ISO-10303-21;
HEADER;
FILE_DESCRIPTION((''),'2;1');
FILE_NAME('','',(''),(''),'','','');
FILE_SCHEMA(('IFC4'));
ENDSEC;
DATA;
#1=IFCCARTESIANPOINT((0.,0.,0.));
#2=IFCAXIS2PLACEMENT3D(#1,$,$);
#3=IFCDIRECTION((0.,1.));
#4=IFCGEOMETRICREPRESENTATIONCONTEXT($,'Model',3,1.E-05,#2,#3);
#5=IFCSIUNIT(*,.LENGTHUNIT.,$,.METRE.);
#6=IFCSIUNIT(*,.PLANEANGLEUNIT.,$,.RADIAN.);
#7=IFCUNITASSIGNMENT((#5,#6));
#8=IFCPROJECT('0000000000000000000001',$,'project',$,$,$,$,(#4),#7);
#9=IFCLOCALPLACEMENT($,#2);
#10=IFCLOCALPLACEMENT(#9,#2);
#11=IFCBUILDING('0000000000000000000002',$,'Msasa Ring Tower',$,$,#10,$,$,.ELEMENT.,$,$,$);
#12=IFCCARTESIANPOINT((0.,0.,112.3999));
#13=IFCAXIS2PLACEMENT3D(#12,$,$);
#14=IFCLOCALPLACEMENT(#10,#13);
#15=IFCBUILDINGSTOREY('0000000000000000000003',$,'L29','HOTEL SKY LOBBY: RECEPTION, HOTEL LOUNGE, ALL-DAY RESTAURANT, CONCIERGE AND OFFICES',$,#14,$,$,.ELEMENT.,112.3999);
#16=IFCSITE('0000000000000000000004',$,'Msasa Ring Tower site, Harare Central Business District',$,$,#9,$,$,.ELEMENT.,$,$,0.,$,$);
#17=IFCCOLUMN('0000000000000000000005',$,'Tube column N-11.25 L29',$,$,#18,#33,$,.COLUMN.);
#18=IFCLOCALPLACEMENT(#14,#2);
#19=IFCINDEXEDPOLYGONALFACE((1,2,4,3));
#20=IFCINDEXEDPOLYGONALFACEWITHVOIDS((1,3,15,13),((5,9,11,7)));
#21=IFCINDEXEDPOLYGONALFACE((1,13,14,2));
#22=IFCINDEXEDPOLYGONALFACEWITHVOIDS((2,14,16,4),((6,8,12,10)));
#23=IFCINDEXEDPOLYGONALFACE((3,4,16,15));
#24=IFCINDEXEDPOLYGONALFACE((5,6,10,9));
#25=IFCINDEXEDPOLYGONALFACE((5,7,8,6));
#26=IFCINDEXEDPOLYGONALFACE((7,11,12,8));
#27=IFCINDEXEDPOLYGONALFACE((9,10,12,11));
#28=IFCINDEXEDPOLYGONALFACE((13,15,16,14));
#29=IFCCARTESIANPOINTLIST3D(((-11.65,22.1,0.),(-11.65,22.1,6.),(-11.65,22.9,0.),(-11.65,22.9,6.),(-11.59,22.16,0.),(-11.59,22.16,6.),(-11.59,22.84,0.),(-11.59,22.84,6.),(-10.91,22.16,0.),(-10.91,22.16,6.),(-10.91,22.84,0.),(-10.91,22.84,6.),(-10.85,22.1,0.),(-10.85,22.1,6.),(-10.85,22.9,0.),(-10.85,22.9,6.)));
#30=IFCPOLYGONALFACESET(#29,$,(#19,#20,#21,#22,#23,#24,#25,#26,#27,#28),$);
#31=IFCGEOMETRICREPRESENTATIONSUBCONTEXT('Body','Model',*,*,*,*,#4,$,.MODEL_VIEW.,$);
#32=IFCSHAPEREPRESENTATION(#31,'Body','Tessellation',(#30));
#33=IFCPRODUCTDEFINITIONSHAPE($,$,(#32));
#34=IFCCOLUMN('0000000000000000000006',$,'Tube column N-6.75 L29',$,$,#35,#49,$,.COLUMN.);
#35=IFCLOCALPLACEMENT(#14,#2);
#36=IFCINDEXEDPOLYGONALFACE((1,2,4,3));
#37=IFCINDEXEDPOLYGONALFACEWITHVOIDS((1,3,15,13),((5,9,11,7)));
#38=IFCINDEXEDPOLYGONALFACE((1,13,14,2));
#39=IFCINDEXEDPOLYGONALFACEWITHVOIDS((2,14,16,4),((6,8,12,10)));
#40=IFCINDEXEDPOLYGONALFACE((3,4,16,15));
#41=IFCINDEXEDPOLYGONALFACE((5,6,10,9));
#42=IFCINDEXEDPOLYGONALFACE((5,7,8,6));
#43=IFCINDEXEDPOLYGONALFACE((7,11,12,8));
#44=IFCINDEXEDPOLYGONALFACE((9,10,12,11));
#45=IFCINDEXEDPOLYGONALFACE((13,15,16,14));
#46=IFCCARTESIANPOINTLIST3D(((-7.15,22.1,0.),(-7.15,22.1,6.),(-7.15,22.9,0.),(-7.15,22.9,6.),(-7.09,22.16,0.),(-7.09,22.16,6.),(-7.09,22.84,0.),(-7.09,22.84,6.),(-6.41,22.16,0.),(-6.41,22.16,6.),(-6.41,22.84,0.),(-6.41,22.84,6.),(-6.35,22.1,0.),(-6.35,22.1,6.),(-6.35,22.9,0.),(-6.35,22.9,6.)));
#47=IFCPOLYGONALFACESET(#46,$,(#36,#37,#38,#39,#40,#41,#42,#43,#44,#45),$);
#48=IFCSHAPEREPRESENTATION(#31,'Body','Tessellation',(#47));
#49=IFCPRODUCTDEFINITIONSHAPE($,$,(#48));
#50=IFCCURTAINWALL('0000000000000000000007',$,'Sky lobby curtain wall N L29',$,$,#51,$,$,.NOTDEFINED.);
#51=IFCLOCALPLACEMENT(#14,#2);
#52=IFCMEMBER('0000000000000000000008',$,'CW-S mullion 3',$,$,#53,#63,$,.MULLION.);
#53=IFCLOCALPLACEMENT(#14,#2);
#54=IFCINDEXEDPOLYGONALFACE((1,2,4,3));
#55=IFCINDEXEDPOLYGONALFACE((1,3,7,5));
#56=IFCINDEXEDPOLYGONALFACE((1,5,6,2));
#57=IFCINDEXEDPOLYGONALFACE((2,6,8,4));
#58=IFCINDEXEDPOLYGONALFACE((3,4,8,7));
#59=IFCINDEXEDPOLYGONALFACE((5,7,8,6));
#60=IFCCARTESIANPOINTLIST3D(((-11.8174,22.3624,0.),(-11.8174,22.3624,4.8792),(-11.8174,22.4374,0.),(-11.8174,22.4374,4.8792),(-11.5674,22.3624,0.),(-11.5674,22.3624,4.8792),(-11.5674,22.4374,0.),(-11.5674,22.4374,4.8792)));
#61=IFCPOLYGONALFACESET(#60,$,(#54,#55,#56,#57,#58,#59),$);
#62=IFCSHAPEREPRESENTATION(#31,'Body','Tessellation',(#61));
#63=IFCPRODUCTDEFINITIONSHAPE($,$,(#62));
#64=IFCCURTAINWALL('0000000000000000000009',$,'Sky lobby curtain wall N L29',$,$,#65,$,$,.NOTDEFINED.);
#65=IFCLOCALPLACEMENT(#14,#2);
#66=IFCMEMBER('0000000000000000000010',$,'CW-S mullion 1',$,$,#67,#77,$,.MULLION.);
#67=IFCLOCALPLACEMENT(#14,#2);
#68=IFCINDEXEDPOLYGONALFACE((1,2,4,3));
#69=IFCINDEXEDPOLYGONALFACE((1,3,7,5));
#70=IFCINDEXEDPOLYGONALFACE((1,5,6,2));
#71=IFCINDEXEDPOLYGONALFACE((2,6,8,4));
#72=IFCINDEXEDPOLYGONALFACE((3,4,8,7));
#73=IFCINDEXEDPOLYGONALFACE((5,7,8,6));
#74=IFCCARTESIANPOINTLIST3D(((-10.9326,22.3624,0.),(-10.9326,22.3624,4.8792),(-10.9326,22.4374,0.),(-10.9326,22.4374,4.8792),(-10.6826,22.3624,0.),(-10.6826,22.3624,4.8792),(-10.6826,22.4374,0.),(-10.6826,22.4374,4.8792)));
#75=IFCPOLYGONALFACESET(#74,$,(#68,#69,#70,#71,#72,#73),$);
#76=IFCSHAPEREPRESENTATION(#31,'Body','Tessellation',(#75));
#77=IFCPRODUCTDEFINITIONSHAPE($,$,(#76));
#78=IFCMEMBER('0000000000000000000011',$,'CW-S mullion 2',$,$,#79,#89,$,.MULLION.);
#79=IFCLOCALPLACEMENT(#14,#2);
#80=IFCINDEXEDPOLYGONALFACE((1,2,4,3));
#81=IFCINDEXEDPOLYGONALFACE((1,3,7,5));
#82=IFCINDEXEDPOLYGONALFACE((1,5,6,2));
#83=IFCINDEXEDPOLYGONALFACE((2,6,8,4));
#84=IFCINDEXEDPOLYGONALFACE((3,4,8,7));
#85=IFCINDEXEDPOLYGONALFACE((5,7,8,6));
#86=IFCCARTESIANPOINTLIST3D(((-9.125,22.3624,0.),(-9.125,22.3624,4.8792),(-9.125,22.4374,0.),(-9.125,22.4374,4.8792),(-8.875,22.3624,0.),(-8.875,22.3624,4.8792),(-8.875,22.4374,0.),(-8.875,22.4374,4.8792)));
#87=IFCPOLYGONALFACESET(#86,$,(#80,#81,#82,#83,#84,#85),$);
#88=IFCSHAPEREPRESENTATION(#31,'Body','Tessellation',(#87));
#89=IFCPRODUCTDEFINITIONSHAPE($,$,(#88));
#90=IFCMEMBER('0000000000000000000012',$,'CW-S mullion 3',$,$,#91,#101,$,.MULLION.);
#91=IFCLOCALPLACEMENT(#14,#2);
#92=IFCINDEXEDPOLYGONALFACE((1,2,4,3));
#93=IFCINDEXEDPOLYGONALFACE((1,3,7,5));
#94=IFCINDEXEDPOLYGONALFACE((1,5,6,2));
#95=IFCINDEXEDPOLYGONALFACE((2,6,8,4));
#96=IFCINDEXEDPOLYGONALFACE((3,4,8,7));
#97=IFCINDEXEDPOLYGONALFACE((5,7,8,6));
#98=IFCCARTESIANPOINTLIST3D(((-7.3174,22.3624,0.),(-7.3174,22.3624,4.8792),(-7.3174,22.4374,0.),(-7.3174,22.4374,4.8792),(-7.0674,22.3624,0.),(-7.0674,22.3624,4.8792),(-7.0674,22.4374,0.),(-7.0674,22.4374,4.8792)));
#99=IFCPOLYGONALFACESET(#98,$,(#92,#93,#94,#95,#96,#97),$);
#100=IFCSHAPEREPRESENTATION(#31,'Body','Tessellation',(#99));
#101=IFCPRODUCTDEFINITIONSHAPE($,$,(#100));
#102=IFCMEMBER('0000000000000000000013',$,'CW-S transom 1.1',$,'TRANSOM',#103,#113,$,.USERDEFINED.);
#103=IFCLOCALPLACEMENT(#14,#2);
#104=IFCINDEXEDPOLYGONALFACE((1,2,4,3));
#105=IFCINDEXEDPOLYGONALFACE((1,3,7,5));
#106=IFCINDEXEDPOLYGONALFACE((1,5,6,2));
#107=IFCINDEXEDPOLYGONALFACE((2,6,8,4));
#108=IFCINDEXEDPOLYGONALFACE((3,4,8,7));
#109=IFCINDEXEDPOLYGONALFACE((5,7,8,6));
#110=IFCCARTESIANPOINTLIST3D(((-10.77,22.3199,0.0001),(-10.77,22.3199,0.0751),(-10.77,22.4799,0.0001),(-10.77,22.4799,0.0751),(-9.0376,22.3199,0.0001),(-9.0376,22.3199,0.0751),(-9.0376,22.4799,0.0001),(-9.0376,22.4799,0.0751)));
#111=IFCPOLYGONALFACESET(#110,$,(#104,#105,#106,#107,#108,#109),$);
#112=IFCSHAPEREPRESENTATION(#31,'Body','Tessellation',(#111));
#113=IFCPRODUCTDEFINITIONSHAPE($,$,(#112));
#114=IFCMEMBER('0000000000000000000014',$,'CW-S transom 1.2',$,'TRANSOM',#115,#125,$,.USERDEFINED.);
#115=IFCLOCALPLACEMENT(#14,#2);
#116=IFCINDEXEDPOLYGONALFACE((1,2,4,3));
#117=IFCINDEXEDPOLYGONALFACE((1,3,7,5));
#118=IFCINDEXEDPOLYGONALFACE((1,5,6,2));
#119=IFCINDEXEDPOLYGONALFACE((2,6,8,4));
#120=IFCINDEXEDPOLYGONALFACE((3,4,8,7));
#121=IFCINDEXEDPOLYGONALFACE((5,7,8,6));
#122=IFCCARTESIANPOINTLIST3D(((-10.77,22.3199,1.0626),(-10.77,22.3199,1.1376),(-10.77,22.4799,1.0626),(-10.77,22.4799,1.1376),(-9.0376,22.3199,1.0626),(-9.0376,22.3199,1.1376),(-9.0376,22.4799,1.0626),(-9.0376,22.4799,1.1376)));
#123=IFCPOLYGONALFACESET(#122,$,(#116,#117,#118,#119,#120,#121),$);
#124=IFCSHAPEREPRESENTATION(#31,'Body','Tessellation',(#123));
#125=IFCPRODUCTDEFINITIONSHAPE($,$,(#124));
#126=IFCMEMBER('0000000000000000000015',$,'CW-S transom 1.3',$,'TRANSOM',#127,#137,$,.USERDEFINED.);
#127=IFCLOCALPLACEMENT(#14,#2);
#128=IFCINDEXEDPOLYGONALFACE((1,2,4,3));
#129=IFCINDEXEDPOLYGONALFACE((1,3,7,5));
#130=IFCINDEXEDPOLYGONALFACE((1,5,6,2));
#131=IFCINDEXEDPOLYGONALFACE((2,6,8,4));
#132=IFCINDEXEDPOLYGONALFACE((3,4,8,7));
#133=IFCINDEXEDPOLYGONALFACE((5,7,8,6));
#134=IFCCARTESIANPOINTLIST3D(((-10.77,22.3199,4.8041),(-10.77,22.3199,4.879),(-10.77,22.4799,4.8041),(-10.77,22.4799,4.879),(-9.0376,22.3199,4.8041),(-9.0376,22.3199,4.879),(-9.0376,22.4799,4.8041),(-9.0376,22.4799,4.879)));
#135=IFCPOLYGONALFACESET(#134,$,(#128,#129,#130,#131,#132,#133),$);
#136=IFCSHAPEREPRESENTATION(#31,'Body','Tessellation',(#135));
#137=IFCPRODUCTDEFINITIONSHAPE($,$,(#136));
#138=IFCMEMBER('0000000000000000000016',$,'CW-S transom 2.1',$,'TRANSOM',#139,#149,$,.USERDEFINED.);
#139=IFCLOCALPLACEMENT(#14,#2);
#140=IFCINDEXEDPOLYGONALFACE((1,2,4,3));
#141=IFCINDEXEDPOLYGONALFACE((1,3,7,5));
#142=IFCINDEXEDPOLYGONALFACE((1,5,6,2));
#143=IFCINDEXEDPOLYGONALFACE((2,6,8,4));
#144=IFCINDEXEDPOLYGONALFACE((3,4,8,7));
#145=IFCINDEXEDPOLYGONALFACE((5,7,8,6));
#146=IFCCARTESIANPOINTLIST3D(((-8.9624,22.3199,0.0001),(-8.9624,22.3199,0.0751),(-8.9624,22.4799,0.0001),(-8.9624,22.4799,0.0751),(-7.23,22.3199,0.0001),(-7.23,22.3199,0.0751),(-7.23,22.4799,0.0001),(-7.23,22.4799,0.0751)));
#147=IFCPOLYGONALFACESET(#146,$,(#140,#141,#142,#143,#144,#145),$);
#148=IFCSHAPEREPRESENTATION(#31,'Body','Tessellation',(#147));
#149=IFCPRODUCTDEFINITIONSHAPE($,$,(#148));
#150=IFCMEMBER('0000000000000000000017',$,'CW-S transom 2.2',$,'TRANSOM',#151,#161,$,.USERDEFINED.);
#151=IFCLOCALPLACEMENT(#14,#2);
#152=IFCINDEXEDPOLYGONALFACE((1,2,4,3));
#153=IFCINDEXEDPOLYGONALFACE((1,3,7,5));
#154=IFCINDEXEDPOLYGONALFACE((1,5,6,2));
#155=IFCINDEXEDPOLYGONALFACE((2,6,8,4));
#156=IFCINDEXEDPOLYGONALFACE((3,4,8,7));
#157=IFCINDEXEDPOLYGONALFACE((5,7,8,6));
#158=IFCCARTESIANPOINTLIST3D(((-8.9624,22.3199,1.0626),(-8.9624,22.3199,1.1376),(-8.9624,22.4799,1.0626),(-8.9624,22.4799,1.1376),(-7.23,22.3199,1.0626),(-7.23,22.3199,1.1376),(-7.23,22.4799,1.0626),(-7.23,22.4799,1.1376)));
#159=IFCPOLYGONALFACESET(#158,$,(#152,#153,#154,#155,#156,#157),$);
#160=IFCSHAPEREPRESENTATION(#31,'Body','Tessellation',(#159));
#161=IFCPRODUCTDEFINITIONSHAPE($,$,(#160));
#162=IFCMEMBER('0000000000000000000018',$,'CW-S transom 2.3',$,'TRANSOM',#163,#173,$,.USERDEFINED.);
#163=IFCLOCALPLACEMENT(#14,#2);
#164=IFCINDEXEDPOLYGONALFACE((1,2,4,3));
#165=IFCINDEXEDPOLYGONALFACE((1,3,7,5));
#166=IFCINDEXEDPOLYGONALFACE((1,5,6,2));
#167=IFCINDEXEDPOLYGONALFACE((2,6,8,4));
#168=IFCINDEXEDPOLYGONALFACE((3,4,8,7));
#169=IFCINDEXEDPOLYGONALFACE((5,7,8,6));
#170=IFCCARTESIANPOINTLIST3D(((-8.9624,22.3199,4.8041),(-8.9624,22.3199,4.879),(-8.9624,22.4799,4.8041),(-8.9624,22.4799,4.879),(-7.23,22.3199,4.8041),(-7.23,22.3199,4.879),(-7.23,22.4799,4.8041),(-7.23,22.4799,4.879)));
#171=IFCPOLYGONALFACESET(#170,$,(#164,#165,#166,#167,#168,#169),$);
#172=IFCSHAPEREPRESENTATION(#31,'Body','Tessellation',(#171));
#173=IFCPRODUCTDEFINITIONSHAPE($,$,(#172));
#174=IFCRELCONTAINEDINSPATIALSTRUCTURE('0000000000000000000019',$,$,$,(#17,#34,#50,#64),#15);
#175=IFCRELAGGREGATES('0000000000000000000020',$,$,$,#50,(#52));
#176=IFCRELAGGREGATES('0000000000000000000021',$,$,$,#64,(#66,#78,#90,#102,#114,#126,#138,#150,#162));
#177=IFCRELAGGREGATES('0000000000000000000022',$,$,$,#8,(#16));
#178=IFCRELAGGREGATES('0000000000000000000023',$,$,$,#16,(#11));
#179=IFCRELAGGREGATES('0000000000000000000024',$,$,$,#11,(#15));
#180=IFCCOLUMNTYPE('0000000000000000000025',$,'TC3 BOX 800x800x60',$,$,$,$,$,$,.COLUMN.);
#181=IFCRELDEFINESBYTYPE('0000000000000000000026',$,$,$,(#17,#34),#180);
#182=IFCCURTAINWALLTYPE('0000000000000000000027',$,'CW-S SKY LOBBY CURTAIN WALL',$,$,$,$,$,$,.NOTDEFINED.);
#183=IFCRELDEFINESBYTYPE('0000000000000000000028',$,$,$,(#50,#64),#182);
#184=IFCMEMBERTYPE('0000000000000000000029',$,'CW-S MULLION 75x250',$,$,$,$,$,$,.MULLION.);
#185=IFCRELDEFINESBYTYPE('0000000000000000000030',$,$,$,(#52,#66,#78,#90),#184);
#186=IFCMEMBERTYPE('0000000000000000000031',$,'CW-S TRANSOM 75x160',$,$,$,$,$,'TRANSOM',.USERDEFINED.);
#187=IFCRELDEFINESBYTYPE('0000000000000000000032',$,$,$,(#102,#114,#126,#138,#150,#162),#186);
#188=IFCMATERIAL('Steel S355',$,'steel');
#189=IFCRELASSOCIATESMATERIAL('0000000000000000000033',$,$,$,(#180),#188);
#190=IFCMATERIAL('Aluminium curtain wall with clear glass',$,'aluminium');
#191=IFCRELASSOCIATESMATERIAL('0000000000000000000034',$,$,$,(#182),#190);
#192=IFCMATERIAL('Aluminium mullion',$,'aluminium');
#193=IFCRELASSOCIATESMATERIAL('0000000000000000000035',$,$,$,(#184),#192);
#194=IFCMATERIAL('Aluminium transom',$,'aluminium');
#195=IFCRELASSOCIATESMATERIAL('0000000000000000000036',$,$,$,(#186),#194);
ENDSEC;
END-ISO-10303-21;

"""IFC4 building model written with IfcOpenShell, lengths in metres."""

from ifc_helpers import new_model, si_unit, direction, frame, origin, origin_2d, place, context, subcontext, project, spatial, rectangle, hollow_rectangle, extrude, material, material_profile, profile_set, type_object, element, aggregate, save


model = new_model("IFC4")

# Units and contexts
model_context = context("Model", 3, precision=1e-05, world=origin(), true_north=direction((0.0, 1.0)))
body_context = subcontext(model_context, "Body", "Model", "MODEL_VIEW")
ifc_project = project(units=[si_unit("LENGTHUNIT", "METRE"), si_unit("PLANEANGLEUNIT", "RADIAN")], contexts=[model_context])

# Site, building, storey
site_placement = place(None, origin())
site = spatial("IfcSite", under=ifc_project, at=site_placement, Name="Msasa Ring Tower site, Harare Central Business District", CompositionType="ELEMENT", RefElevation=0.0)
building_placement = place(site_placement, origin())
building = spatial("IfcBuilding", under=site, at=building_placement, Name="Msasa Ring Tower", CompositionType="ELEMENT")
storey_placement = place(building_placement, frame((0.0, 0.0, 112.3999)))
storey = spatial("IfcBuildingStorey", under=building, at=storey_placement, Name="L29", Description="HOTEL SKY LOBBY: RECEPTION, HOTEL LOUNGE, ALL-DAY RESTAURANT, CONCIERGE AND OFFICES", CompositionType="ELEMENT", Elevation=112.3999)

# Columns
ifc_material_1 = material(Name="Steel S355", Category="steel")
ifc_material_profile_1 = material_profile(ifc_material_1, hollow_rectangle(XDim=0.8, YDim=0.8, WallThickness=0.0601, at=origin_2d()), Name="BOX 800x800x60")
ifc_profile_set_1 = profile_set([ifc_material_profile_1], Name="Steel S355")
column_type = type_object("IfcColumnType", Name="TC3 BOX 800x800x60", PredefinedType="COLUMN", material=ifc_profile_set_1)
for number, where, z_axis, x_axis, name in (
    (1, (-11.25, 22.5, 0.0), (0.0, 0.0, 1.0), (0.0, 1.0, 0.0), "Tube column N-11.25 L29"),
    (2, (-6.75, 22.5, 0.0), (0.0, 0.0, 1.0), (0.0, 1.0, 0.0), "Tube column N-6.75 L29"),
):
    element("IfcColumn", number, at=place(storey_placement, frame(where, z_axis=z_axis, x_axis=x_axis)), inside=storey, type_object=column_type, Name=name, PredefinedType="COLUMN", context=body_context, shape_type="SweptSolid", body=[
        extrude(hollow_rectangle(XDim=0.8, YDim=0.8, WallThickness=0.0601, at=origin_2d()), origin(), (0.0, 0.0, 1.0), 6.0),
    ])

# Curtain wall, member
ifc_material_2 = material(Name="Aluminium curtain wall with clear glass", Category="aluminium")
curtain_wall_type = type_object("IfcCurtainWallType", Name="CW-S SKY LOBBY CURTAIN WALL", PredefinedType="NOTDEFINED", material=ifc_material_2)
curtain_wall_1_placement = place(storey_placement, origin())
curtain_wall_1 = element("IfcCurtainWall", 3, at=curtain_wall_1_placement, inside=storey, type_object=curtain_wall_type, Name="Sky lobby curtain wall N L29", PredefinedType="NOTDEFINED")
ifc_material_3 = material(Name="Aluminium mullion", Category="aluminium")
ifc_material_profile_2 = material_profile(ifc_material_3, rectangle(XDim=0.075, YDim=0.25, at=origin_2d()), Name="AL 75x250")
ifc_profile_set_2 = profile_set([ifc_material_profile_2], Name="Aluminium mullion")
member_type_1 = type_object("IfcMemberType", Name="CW-S MULLION 75x250", PredefinedType="MULLION", material=ifc_profile_set_2)
member_1_placement = place(storey_placement, frame((-11.6924, 22.3999, 0.0), z_axis=(0.0, 0.0, 1.0), x_axis=(0.0, 1.0, 0.0)))
member_1 = element("IfcMember", 4, at=member_1_placement, type_object=member_type_1, Name="CW-S mullion 3", PredefinedType="MULLION", context=body_context, shape_type="SweptSolid", body=[
    extrude(rectangle(XDim=0.075, YDim=0.25, at=origin_2d()), origin(), (0.0, 0.0, 1.0), 4.8792),
])

# Curtain wall, members
curtain_wall_2_placement = place(storey_placement, origin())
curtain_wall_2 = element("IfcCurtainWall", 5, at=curtain_wall_2_placement, inside=storey, type_object=curtain_wall_type, Name="Sky lobby curtain wall N L29", PredefinedType="NOTDEFINED")
member_2_placement = place(storey_placement, frame((-10.8076, 22.3999, 0.0), z_axis=(0.0, 0.0, 1.0), x_axis=(0.0, 1.0, 0.0)))
member_2 = element("IfcMember", 6, at=member_2_placement, type_object=member_type_1, Name="CW-S mullion 1", PredefinedType="MULLION", context=body_context, shape_type="SweptSolid", body=[
    extrude(rectangle(XDim=0.075, YDim=0.25, at=origin_2d()), origin(), (0.0, 0.0, 1.0), 4.8792),
])
member_3_placement = place(storey_placement, frame((-9.0, 22.3999, 0.0), z_axis=(0.0, 0.0, 1.0), x_axis=(0.0, 1.0, 0.0)))
member_3 = element("IfcMember", 7, at=member_3_placement, type_object=member_type_1, Name="CW-S mullion 2", PredefinedType="MULLION", context=body_context, shape_type="SweptSolid", body=[
    extrude(rectangle(XDim=0.075, YDim=0.25, at=origin_2d()), origin(), (0.0, 0.0, 1.0), 4.8792),
])
member_4_placement = place(storey_placement, frame((-7.1924, 22.3999, 0.0), z_axis=(0.0, 0.0, 1.0), x_axis=(0.0, 1.0, 0.0)))
member_4 = element("IfcMember", 8, at=member_4_placement, type_object=member_type_1, Name="CW-S mullion 3", PredefinedType="MULLION", context=body_context, shape_type="SweptSolid", body=[
    extrude(rectangle(XDim=0.075, YDim=0.25, at=origin_2d()), origin(), (0.0, 0.0, 1.0), 4.8792),
])
ifc_material_4 = material(Name="Aluminium transom", Category="aluminium")
ifc_material_profile_3 = material_profile(ifc_material_4, rectangle(XDim=0.1599, YDim=0.075, at=origin_2d()), Name="AL 75x160")
ifc_profile_set_3 = profile_set([ifc_material_profile_3], Name="Aluminium transom")
member_type_2 = type_object("IfcMemberType", Name="CW-S TRANSOM 75x160", ElementType="TRANSOM", PredefinedType="USERDEFINED", material=ifc_profile_set_3)
member_5_placement = place(storey_placement, frame((-10.77, 22.3999, 0.0376), z_axis=(1.0, 0.0, 0.0), x_axis=(0.0, 1.0, 0.0)))
member_5 = element("IfcMember", 9, at=member_5_placement, type_object=member_type_2, Name="CW-S transom 1.1", ObjectType="TRANSOM", PredefinedType="USERDEFINED", context=body_context, shape_type="SweptSolid", body=[
    extrude(rectangle(XDim=0.1599, YDim=0.075, at=origin_2d()), origin(), (0.0, 0.0, 1.0), 1.7324),
])
member_6_placement = place(storey_placement, frame((-10.77, 22.3999, 1.1001), z_axis=(1.0, 0.0, 0.0), x_axis=(0.0, 1.0, 0.0)))
member_6 = element("IfcMember", 10, at=member_6_placement, type_object=member_type_2, Name="CW-S transom 1.2", ObjectType="TRANSOM", PredefinedType="USERDEFINED", context=body_context, shape_type="SweptSolid", body=[
    extrude(rectangle(XDim=0.1599, YDim=0.075, at=origin_2d()), origin(), (0.0, 0.0, 1.0), 1.7324),
])
member_7_placement = place(storey_placement, frame((-10.77, 22.3999, 4.8416), z_axis=(1.0, 0.0, 0.0), x_axis=(0.0, 1.0, 0.0)))
member_7 = element("IfcMember", 11, at=member_7_placement, type_object=member_type_2, Name="CW-S transom 1.3", ObjectType="TRANSOM", PredefinedType="USERDEFINED", context=body_context, shape_type="SweptSolid", body=[
    extrude(rectangle(XDim=0.1599, YDim=0.075, at=origin_2d()), origin(), (0.0, 0.0, 1.0), 1.7324),
])
member_8_placement = place(storey_placement, frame((-8.9624, 22.3999, 0.0376), z_axis=(1.0, 0.0, 0.0), x_axis=(0.0, 1.0, 0.0)))
member_8 = element("IfcMember", 12, at=member_8_placement, type_object=member_type_2, Name="CW-S transom 2.1", ObjectType="TRANSOM", PredefinedType="USERDEFINED", context=body_context, shape_type="SweptSolid", body=[
    extrude(rectangle(XDim=0.1599, YDim=0.075, at=origin_2d()), origin(), (0.0, 0.0, 1.0), 1.7324),
])
member_9_placement = place(storey_placement, frame((-8.9624, 22.3999, 1.1001), z_axis=(1.0, 0.0, 0.0), x_axis=(0.0, 1.0, 0.0)))
member_9 = element("IfcMember", 13, at=member_9_placement, type_object=member_type_2, Name="CW-S transom 2.2", ObjectType="TRANSOM", PredefinedType="USERDEFINED", context=body_context, shape_type="SweptSolid", body=[
    extrude(rectangle(XDim=0.1599, YDim=0.075, at=origin_2d()), origin(), (0.0, 0.0, 1.0), 1.7324),
])
member_10_placement = place(storey_placement, frame((-8.9624, 22.3999, 4.8416), z_axis=(1.0, 0.0, 0.0), x_axis=(0.0, 1.0, 0.0)))
member_10 = element("IfcMember", 14, at=member_10_placement, type_object=member_type_2, Name="CW-S transom 2.3", ObjectType="TRANSOM", PredefinedType="USERDEFINED", context=body_context, shape_type="SweptSolid", body=[
    extrude(rectangle(XDim=0.1599, YDim=0.075, at=origin_2d()), origin(), (0.0, 0.0, 1.0), 1.7324),
])

aggregate(curtain_wall_1, [member_1])
aggregate(curtain_wall_2, [member_2, member_3, member_4, member_5, member_6, member_7, member_8, member_9, member_10])

save(model, "model.ifc")
